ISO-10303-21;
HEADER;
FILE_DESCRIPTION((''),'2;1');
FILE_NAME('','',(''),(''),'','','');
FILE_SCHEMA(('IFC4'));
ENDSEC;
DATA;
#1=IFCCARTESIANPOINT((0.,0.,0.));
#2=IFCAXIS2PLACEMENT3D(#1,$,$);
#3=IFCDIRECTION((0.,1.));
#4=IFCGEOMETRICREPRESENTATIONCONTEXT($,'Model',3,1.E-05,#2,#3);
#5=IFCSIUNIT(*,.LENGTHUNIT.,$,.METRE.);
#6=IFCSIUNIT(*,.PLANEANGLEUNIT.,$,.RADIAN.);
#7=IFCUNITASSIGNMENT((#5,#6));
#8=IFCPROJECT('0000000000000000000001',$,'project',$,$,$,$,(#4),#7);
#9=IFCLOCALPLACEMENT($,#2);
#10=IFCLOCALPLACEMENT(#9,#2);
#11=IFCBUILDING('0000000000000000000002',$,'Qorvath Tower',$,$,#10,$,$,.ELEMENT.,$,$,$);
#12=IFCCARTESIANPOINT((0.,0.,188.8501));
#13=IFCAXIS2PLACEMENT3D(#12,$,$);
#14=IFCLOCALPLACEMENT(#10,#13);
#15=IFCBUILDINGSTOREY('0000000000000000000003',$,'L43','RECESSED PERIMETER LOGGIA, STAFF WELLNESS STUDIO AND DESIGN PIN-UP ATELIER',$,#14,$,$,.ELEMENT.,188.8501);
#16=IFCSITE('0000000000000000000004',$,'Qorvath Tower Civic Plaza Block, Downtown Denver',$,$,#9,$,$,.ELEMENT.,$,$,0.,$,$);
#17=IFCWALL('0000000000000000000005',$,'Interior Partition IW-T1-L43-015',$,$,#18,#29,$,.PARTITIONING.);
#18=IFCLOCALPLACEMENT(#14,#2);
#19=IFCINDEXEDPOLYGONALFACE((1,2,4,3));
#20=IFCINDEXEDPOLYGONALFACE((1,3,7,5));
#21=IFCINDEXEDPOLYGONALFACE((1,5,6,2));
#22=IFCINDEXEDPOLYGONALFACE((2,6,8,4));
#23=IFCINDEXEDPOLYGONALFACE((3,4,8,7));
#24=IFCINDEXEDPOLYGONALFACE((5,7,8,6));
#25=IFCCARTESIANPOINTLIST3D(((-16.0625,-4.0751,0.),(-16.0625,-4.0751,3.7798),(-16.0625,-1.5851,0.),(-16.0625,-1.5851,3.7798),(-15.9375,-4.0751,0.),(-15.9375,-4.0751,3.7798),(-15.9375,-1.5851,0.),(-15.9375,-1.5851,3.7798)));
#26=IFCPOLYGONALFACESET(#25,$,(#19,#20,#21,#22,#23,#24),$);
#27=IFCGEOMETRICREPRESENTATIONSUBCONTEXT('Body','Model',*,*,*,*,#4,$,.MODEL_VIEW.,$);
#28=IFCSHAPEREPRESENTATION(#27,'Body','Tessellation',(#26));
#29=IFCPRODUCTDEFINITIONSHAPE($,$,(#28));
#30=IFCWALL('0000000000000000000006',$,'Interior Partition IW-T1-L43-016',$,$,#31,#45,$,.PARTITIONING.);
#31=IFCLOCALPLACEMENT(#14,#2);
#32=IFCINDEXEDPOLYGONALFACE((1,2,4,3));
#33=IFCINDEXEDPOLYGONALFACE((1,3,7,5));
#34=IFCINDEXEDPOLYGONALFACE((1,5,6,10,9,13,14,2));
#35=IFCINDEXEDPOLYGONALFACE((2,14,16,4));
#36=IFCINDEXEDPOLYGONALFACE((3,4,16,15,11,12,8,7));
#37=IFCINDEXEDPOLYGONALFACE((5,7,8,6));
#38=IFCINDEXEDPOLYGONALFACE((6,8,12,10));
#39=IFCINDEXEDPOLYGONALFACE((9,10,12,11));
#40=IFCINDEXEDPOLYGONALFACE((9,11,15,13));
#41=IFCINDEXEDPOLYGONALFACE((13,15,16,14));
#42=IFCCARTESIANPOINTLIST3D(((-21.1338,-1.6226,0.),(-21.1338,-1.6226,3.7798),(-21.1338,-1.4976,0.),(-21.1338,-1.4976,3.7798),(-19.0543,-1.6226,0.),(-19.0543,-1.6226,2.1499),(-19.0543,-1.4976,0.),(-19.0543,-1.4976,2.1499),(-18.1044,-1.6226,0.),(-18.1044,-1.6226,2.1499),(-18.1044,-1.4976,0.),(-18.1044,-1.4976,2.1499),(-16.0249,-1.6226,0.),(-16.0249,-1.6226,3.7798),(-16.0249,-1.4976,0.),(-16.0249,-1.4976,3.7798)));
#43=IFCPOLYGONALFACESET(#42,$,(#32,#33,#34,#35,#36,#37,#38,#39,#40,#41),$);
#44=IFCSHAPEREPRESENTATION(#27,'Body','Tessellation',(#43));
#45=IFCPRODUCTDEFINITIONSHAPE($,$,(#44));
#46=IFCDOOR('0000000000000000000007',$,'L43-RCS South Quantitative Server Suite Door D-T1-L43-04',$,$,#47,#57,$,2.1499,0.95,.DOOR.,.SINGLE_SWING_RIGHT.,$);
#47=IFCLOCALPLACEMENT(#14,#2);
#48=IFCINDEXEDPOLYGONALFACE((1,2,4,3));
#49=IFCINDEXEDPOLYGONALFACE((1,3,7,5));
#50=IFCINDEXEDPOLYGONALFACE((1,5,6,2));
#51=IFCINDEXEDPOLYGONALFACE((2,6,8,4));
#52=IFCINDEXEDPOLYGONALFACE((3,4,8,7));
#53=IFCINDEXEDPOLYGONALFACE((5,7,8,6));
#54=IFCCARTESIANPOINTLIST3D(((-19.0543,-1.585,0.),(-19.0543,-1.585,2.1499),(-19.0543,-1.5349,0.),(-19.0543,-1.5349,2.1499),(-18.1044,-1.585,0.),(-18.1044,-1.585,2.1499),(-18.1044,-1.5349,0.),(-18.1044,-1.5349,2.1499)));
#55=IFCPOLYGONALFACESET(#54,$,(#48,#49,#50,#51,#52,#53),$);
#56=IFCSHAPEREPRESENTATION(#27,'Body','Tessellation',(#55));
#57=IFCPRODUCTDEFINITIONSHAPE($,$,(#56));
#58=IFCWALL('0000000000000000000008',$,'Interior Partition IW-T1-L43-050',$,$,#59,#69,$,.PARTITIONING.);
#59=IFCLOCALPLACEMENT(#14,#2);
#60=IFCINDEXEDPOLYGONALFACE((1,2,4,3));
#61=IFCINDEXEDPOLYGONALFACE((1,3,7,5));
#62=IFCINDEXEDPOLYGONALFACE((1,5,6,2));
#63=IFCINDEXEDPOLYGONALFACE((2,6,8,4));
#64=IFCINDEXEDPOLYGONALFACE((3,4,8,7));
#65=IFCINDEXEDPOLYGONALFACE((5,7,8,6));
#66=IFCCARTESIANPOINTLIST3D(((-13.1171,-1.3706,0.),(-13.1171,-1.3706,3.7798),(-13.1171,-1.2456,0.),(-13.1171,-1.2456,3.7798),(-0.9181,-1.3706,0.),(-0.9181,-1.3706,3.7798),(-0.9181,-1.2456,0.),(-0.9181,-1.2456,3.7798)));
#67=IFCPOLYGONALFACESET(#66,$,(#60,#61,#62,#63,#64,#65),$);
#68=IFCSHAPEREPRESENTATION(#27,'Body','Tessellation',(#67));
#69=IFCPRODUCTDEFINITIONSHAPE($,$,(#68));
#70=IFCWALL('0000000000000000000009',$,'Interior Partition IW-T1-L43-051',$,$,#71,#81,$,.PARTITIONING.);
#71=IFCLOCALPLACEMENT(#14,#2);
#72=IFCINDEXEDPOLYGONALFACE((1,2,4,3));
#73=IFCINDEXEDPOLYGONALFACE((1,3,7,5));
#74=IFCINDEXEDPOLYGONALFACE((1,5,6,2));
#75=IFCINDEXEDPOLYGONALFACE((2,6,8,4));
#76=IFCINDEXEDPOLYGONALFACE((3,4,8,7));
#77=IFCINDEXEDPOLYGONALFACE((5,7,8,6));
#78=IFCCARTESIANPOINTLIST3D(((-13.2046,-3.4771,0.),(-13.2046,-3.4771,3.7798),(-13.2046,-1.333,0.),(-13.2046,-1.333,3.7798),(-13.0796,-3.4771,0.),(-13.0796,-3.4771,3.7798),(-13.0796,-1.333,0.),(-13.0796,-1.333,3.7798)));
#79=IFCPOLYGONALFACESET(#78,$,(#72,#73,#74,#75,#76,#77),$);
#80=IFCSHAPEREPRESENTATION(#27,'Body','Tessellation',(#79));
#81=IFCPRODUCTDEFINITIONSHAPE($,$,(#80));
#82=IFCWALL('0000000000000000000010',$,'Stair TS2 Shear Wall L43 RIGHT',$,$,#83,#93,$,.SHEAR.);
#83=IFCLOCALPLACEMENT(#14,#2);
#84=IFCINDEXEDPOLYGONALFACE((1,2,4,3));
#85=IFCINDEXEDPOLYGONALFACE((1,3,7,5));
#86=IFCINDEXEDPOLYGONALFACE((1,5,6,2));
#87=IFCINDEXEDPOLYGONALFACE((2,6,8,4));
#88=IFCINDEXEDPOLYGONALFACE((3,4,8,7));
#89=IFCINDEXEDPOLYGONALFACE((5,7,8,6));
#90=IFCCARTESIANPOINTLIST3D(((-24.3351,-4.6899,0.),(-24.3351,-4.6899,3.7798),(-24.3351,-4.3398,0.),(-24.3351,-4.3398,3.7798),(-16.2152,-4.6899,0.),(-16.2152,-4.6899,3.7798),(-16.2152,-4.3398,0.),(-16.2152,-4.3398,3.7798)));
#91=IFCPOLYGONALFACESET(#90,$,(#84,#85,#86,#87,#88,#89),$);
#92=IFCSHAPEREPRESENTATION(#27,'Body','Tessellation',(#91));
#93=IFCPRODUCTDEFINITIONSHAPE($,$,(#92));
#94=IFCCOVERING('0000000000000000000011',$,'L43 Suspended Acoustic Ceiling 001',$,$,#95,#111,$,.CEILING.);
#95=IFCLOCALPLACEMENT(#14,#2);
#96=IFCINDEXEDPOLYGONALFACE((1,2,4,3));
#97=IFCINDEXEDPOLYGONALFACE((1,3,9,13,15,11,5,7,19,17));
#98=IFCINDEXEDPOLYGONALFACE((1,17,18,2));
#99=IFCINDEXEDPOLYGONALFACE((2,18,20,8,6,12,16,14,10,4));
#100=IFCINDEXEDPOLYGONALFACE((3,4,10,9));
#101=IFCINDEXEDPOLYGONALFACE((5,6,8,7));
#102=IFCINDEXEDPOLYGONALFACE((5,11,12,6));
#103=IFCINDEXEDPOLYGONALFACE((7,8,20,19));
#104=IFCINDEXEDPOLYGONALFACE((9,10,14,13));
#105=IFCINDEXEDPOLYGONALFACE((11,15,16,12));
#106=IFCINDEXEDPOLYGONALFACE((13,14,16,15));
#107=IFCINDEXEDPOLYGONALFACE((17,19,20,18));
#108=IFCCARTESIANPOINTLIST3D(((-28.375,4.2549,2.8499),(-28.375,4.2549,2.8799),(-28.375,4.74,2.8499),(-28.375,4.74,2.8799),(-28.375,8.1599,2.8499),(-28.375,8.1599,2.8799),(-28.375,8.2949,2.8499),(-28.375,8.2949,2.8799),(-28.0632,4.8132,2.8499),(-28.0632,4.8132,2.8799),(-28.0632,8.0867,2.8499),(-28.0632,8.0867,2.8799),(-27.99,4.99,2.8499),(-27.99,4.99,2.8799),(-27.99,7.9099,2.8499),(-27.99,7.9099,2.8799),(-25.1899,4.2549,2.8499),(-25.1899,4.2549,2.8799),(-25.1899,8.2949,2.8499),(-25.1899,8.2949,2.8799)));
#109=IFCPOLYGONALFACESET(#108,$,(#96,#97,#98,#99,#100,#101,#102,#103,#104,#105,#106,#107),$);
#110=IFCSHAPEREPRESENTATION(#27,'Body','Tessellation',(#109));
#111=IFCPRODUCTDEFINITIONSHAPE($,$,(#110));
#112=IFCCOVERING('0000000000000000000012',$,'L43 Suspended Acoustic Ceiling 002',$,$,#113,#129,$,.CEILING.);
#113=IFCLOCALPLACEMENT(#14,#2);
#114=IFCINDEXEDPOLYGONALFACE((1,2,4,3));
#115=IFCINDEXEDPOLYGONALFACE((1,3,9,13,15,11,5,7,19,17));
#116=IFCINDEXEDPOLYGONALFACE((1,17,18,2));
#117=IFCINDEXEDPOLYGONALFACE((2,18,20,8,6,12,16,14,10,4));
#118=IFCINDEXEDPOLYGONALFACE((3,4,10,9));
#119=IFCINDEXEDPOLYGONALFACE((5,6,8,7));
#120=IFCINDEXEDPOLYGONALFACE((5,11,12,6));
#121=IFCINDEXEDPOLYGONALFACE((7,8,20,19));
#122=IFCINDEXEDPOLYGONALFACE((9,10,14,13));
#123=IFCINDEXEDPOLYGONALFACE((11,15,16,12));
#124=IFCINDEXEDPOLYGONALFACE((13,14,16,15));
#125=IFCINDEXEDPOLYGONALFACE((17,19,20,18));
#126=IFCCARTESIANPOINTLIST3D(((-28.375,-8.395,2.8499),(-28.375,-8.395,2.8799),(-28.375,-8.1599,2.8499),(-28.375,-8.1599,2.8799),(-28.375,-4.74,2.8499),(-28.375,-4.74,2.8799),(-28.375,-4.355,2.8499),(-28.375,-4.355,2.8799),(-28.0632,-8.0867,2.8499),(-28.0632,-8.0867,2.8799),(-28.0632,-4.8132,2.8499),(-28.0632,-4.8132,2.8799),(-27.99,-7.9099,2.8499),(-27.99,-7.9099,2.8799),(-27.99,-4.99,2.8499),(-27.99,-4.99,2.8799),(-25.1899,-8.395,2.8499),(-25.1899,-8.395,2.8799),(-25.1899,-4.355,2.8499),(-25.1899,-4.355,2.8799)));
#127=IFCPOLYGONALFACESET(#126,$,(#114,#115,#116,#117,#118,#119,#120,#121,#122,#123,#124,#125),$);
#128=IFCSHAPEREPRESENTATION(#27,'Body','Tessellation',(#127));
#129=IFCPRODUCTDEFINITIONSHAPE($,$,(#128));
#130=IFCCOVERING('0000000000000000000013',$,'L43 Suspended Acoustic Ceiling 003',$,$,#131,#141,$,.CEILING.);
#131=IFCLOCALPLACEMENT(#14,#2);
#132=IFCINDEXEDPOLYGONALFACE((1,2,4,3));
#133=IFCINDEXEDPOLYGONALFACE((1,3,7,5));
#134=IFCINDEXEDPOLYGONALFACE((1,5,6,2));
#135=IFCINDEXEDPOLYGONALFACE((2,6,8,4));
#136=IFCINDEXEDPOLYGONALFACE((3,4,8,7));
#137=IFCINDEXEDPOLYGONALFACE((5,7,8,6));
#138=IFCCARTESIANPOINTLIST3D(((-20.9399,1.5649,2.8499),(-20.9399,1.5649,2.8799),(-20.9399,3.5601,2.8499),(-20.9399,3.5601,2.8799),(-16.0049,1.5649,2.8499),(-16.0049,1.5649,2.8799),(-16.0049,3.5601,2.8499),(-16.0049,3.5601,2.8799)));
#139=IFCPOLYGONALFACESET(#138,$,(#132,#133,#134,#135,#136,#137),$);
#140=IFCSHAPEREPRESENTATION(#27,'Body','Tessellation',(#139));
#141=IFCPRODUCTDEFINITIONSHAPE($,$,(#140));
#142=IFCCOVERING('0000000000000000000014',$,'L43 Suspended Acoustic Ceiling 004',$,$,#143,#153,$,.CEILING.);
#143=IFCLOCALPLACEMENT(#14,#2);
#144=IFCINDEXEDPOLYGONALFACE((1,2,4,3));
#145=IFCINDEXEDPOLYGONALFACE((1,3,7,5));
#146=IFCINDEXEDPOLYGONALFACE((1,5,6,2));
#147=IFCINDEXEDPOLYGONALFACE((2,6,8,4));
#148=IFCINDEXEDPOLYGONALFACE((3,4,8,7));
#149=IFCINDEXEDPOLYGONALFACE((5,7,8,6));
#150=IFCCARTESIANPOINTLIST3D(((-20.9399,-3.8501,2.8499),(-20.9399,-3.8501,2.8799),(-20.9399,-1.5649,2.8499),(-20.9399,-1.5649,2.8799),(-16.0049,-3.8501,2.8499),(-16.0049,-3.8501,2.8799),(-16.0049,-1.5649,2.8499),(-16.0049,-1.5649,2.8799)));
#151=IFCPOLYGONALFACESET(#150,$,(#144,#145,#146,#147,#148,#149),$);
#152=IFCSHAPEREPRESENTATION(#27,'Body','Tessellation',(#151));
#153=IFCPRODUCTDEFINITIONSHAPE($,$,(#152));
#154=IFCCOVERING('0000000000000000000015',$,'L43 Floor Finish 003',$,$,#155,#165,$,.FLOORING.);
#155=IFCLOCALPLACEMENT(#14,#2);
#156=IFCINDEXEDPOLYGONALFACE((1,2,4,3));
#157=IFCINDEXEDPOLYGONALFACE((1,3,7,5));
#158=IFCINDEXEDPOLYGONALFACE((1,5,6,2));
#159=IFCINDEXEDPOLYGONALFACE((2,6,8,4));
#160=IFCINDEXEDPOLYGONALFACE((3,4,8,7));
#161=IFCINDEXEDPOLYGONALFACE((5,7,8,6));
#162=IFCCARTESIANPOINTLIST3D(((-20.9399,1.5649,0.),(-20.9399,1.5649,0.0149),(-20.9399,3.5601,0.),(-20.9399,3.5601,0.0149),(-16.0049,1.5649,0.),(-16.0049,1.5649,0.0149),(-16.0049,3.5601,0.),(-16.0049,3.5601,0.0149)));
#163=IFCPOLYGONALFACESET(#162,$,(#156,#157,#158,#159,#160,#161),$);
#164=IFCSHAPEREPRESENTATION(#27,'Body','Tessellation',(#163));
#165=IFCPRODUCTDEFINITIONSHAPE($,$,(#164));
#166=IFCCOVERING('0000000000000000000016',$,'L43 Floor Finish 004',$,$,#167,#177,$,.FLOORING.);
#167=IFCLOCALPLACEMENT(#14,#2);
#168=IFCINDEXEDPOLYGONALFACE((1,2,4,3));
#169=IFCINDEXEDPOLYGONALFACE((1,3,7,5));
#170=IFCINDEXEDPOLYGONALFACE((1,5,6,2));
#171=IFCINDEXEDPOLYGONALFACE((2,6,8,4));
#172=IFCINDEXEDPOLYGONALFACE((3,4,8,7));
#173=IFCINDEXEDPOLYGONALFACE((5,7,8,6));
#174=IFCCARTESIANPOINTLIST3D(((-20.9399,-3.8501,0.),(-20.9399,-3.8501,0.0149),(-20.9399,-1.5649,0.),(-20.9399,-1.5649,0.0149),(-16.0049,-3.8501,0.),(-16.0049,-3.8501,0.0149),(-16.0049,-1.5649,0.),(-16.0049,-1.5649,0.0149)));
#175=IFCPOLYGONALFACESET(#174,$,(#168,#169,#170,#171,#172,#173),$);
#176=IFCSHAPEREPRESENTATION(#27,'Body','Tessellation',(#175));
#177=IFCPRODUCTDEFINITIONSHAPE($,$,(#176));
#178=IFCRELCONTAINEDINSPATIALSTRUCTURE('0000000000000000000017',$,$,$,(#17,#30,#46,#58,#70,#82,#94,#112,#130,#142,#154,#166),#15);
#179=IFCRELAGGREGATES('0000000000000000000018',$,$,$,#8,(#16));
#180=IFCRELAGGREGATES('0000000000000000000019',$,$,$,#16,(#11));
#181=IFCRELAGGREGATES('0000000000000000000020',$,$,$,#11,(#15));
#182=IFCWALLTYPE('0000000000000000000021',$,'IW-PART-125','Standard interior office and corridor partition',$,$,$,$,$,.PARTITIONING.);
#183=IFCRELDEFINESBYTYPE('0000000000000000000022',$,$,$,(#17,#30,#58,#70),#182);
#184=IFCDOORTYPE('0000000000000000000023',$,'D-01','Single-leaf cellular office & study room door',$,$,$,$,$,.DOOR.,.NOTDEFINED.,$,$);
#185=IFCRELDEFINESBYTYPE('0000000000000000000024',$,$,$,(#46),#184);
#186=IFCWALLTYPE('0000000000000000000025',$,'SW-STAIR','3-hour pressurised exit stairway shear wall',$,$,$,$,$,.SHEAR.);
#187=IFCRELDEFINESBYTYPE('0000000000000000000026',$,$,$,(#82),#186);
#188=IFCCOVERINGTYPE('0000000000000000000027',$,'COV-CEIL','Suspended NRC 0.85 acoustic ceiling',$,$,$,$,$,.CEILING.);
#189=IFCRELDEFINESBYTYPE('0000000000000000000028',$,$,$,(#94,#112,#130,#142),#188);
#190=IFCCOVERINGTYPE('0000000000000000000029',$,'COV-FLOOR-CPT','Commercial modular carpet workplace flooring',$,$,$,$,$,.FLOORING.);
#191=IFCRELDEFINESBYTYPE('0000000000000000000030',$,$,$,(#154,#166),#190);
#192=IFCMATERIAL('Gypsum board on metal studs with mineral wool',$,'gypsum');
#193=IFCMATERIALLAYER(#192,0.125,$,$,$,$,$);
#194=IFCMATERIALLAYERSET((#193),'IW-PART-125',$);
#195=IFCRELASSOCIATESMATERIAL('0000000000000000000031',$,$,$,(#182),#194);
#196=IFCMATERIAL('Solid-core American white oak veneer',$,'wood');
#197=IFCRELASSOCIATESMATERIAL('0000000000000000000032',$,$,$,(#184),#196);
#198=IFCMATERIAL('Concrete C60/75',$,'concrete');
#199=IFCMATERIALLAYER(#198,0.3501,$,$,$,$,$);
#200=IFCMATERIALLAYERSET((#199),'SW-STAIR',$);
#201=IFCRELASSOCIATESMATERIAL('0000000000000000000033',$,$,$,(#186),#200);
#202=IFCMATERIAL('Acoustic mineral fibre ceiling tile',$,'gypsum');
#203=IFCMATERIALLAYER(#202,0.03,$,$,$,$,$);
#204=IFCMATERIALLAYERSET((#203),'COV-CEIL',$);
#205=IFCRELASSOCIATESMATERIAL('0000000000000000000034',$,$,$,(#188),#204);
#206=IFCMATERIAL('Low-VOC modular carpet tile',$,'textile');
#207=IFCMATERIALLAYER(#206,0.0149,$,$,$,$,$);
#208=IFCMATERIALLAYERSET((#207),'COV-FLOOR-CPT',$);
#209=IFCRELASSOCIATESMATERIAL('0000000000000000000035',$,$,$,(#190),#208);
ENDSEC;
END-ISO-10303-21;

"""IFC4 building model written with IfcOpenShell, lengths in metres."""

from ifc_helpers import new_model, si_unit, direction, frame, frame_2d, origin, place, context, subcontext, project, spatial, polyline, rectangle, outline, extrude, material, layer, layer_set, type_object, element, fill, save


model = new_model("IFC4")

# Units and contexts
model_context = context("Model", 3, precision=1e-05, world=origin(), true_north=direction((0.0, 1.0)))
body_context = subcontext(model_context, "Body", "Model", "MODEL_VIEW")
ifc_project = project(units=[si_unit("LENGTHUNIT", "METRE"), si_unit("PLANEANGLEUNIT", "RADIAN")], contexts=[model_context])

# Site, building, storey
site_placement = place(None, origin())
site = spatial("IfcSite", under=ifc_project, at=site_placement, Name="Qorvath Tower Civic Plaza Block, Downtown Denver", CompositionType="ELEMENT", RefElevation=0.0)
building_placement = place(site_placement, origin())
building = spatial("IfcBuilding", under=site, at=building_placement, Name="Qorvath Tower", CompositionType="ELEMENT")
storey_placement = place(building_placement, frame((0.0, 0.0, 188.8501)))
storey = spatial("IfcBuildingStorey", under=building, at=storey_placement, Name="L43", Description="RECESSED PERIMETER LOGGIA, STAFF WELLNESS STUDIO AND DESIGN PIN-UP ATELIER", CompositionType="ELEMENT", Elevation=188.8501)

# Wall
ifc_material_1 = material(Name="Gypsum board on metal studs with mineral wool", Category="gypsum")
ifc_layer_1 = layer(ifc_material_1, 0.125)
ifc_layer_set_1 = layer_set([ifc_layer_1], Name="IW-PART-125")
wall_type_1 = type_object("IfcWallType", Name="IW-PART-125", Description="Standard interior office and corridor partition", PredefinedType="PARTITIONING", material=ifc_layer_set_1)
wall_1_placement = place(storey_placement, frame((-16.0, -4.0752, 0.0), z_axis=(0.0, 0.0, 1.0), x_axis=(0.0, 1.0, 0.0)))
element("IfcWall", 1, at=wall_1_placement, inside=storey, type_object=wall_type_1, Name="Interior Partition IW-T1-L43-015", PredefinedType="PARTITIONING", context=body_context, shape_type="SweptSolid", body=[
    extrude(rectangle(XDim=2.49, YDim=0.125, at=frame_2d((1.2451, 0.0))), origin(), (0.0, 0.0, 1.0), 3.7798),
])

# Wall, opening, door
wall_2_placement = place(storey_placement, frame((-16.0249, -1.5601, 0.0), z_axis=(0.0, 0.0, 1.0), x_axis=(-1.0, 0.0, 0.0)))
wall_2 = element("IfcWall", 2, at=wall_2_placement, inside=storey, type_object=wall_type_1, Name="Interior Partition IW-T1-L43-016", PredefinedType="PARTITIONING", context=body_context, shape_type="SweptSolid", body=[
    extrude(rectangle(XDim=5.1089, YDim=0.125, at=frame_2d((2.5544, 0.0))), origin(), (0.0, 0.0, 1.0), 3.7798),
])
opening_1_placement = place(wall_2_placement, frame((2.0793, 0.0, 0.0)))
opening_1 = element("IfcOpeningElement", 3, at=opening_1_placement, cuts=wall_2, PredefinedType="OPENING", context=body_context, shape_type="SweptSolid", body=[
    extrude(rectangle(XDim=0.95, YDim=2.1499, at=frame_2d((0.4751, 1.075))), frame((0.0, 0.0725, 0.0), z_axis=(0.0, -1.0, 0.0), x_axis=(1.0, 0.0, 0.0)), (0.0, 0.0, 1.0), 0.145),
])
ifc_material_2 = material(Name="Solid-core American white oak veneer", Category="wood")
door_type_1 = type_object("IfcDoorType", Name="D-01", Description="Single-leaf cellular office & study room door", OperationType="NOTDEFINED", PredefinedType="DOOR", material=ifc_material_2)
door_1_placement = place(opening_1_placement, origin())
door_1 = element("IfcDoor", 4, at=door_1_placement, inside=storey, type_object=door_type_1, Name="L43-RCS South Quantitative Server Suite Door D-T1-L43-04", OperationType="SINGLE_SWING_RIGHT", OverallHeight=2.1499, OverallWidth=0.95, PredefinedType="DOOR", context=body_context, shape_type="SweptSolid", body=[
    extrude(rectangle(XDim=0.95, YDim=2.1499, at=frame_2d((0.4751, 1.075))), frame((0.0, 0.0249, 0.0), z_axis=(0.0, -1.0, 0.0), x_axis=(1.0, 0.0, 0.0)), (0.0, 0.0, 1.0), 0.05),
])
fill(opening_1, door_1)

# Walls
wall_3_placement = place(storey_placement, frame((-13.1172, -1.3081, 0.0), z_axis=(0.0, 0.0, 1.0), x_axis=(1.0, 0.0, 0.0)))
element("IfcWall", 5, at=wall_3_placement, inside=storey, type_object=wall_type_1, Name="Interior Partition IW-T1-L43-050", PredefinedType="PARTITIONING", context=body_context, shape_type="SweptSolid", body=[
    extrude(rectangle(XDim=12.199, YDim=0.125, at=frame_2d((6.0996, 0.0))), origin(), (0.0, 0.0, 1.0), 3.7798),
])
wall_4_placement = place(storey_placement, frame((-13.1421, -1.333, 0.0), z_axis=(0.0, 0.0, 1.0), x_axis=(0.0, -1.0, 0.0)))
element("IfcWall", 6, at=wall_4_placement, inside=storey, type_object=wall_type_1, Name="Interior Partition IW-T1-L43-051", PredefinedType="PARTITIONING", context=body_context, shape_type="SweptSolid", body=[
    extrude(rectangle(XDim=2.144, YDim=0.125, at=frame_2d((1.072, 0.0))), origin(), (0.0, 0.0, 1.0), 3.7798),
])
ifc_material_3 = material(Name="Concrete C60/75", Category="concrete")
ifc_layer_2 = layer(ifc_material_3, 0.3501)
ifc_layer_set_2 = layer_set([ifc_layer_2], Name="SW-STAIR")
wall_type_2 = type_object("IfcWallType", Name="SW-STAIR", Description="3-hour pressurised exit stairway shear wall", PredefinedType="SHEAR", material=ifc_layer_set_2)
wall_5_placement = place(storey_placement, frame((-16.2151, -4.5149, 0.0), z_axis=(0.0, 0.0, 1.0), x_axis=(-1.0, 0.0, 0.0)))
element("IfcWall", 7, at=wall_5_placement, inside=storey, type_object=wall_type_2, Name="Stair TS2 Shear Wall L43 RIGHT", PredefinedType="SHEAR", context=body_context, shape_type="SweptSolid", body=[
    extrude(rectangle(XDim=8.1199, YDim=0.3501, at=frame_2d((4.0601, 0.0))), origin(), (0.0, 0.0, 1.0), 3.7798),
])

# Coverings
ifc_material_4 = material(Name="Acoustic mineral fibre ceiling tile", Category="gypsum")
ifc_layer_3 = layer(ifc_material_4, 0.03)
ifc_layer_set_3 = layer_set([ifc_layer_3], Name="COV-CEIL")
covering_type_1 = type_object("IfcCoveringType", Name="COV-CEIL", Description="Suspended NRC 0.85 acoustic ceiling", PredefinedType="CEILING", material=ifc_layer_set_3)
covering_1_placement = place(storey_placement, frame((0.0, 0.0, 2.8499)))
element("IfcCovering", 8, at=covering_1_placement, inside=storey, type_object=covering_type_1, Name="L43 Suspended Acoustic Ceiling 001", PredefinedType="CEILING", context=body_context, shape_type="SweptSolid", body=[
    extrude(outline(polyline([(-25.1899, 4.2549), (-25.1899, 8.2949), (-28.375, 8.2949), (-28.375, 8.1599), (-28.0632, 8.0867), (-27.99, 7.9099), (-27.99, 4.99), (-28.0632, 4.8132), (-28.375, 4.74), (-28.375, 4.2549), (-25.1899, 4.2549)])), origin(), (0.0, 0.0, 1.0), 0.03),
])
covering_2_placement = place(storey_placement, frame((0.0, 0.0, 2.8499)))
element("IfcCovering", 9, at=covering_2_placement, inside=storey, type_object=covering_type_1, Name="L43 Suspended Acoustic Ceiling 002", PredefinedType="CEILING", context=body_context, shape_type="SweptSolid", body=[
    extrude(outline(polyline([(-25.1899, -8.395), (-25.1899, -4.355), (-28.375, -4.355), (-28.375, -4.74), (-28.0632, -4.8132), (-27.99, -4.99), (-27.99, -7.9099), (-28.0632, -8.0867), (-28.375, -8.1599), (-28.375, -8.395), (-25.1899, -8.395)])), origin(), (0.0, 0.0, 1.0), 0.03),
])
covering_3_placement = place(storey_placement, frame((0.0, 0.0, 2.8499)))
element("IfcCovering", 10, at=covering_3_placement, inside=storey, type_object=covering_type_1, Name="L43 Suspended Acoustic Ceiling 003", PredefinedType="CEILING", context=body_context, shape_type="SweptSolid", body=[
    extrude(outline(polyline([(-16.0049, 3.5601), (-20.9399, 3.5601), (-20.9399, 1.5649), (-16.0049, 1.5649), (-16.0049, 3.5601)])), origin(), (0.0, 0.0, 1.0), 0.03),
])
covering_4_placement = place(storey_placement, frame((0.0, 0.0, 2.8499)))
element("IfcCovering", 11, at=covering_4_placement, inside=storey, type_object=covering_type_1, Name="L43 Suspended Acoustic Ceiling 004", PredefinedType="CEILING", context=body_context, shape_type="SweptSolid", body=[
    extrude(outline(polyline([(-20.9399, -1.5649), (-20.9399, -3.8501), (-16.0049, -3.8501), (-16.0049, -1.5649), (-20.9399, -1.5649)])), origin(), (0.0, 0.0, 1.0), 0.03),
])
ifc_material_5 = material(Name="Low-VOC modular carpet tile", Category="textile")
ifc_layer_4 = layer(ifc_material_5, 0.0149)
ifc_layer_set_4 = layer_set([ifc_layer_4], Name="COV-FLOOR-CPT")
covering_type_2 = type_object("IfcCoveringType", Name="COV-FLOOR-CPT", Description="Commercial modular carpet workplace flooring", PredefinedType="FLOORING", material=ifc_layer_set_4)
covering_5_placement = place(storey_placement, origin())
element("IfcCovering", 12, at=covering_5_placement, inside=storey, type_object=covering_type_2, Name="L43 Floor Finish 003", PredefinedType="FLOORING", context=body_context, shape_type="SweptSolid", body=[
    extrude(outline(polyline([(-16.0049, 3.5601), (-20.9399, 3.5601), (-20.9399, 1.5649), (-16.0049, 1.5649), (-16.0049, 3.5601)])), origin(), (0.0, 0.0, 1.0), 0.0149),
])
covering_6_placement = place(storey_placement, origin())
element("IfcCovering", 13, at=covering_6_placement, inside=storey, type_object=covering_type_2, Name="L43 Floor Finish 004", PredefinedType="FLOORING", context=body_context, shape_type="SweptSolid", body=[
    extrude(outline(polyline([(-20.9399, -1.5649), (-20.9399, -3.8501), (-16.0049, -3.8501), (-16.0049, -1.5649), (-20.9399, -1.5649)])), origin(), (0.0, 0.0, 1.0), 0.0149),
])

save(model, "model.ifc")
